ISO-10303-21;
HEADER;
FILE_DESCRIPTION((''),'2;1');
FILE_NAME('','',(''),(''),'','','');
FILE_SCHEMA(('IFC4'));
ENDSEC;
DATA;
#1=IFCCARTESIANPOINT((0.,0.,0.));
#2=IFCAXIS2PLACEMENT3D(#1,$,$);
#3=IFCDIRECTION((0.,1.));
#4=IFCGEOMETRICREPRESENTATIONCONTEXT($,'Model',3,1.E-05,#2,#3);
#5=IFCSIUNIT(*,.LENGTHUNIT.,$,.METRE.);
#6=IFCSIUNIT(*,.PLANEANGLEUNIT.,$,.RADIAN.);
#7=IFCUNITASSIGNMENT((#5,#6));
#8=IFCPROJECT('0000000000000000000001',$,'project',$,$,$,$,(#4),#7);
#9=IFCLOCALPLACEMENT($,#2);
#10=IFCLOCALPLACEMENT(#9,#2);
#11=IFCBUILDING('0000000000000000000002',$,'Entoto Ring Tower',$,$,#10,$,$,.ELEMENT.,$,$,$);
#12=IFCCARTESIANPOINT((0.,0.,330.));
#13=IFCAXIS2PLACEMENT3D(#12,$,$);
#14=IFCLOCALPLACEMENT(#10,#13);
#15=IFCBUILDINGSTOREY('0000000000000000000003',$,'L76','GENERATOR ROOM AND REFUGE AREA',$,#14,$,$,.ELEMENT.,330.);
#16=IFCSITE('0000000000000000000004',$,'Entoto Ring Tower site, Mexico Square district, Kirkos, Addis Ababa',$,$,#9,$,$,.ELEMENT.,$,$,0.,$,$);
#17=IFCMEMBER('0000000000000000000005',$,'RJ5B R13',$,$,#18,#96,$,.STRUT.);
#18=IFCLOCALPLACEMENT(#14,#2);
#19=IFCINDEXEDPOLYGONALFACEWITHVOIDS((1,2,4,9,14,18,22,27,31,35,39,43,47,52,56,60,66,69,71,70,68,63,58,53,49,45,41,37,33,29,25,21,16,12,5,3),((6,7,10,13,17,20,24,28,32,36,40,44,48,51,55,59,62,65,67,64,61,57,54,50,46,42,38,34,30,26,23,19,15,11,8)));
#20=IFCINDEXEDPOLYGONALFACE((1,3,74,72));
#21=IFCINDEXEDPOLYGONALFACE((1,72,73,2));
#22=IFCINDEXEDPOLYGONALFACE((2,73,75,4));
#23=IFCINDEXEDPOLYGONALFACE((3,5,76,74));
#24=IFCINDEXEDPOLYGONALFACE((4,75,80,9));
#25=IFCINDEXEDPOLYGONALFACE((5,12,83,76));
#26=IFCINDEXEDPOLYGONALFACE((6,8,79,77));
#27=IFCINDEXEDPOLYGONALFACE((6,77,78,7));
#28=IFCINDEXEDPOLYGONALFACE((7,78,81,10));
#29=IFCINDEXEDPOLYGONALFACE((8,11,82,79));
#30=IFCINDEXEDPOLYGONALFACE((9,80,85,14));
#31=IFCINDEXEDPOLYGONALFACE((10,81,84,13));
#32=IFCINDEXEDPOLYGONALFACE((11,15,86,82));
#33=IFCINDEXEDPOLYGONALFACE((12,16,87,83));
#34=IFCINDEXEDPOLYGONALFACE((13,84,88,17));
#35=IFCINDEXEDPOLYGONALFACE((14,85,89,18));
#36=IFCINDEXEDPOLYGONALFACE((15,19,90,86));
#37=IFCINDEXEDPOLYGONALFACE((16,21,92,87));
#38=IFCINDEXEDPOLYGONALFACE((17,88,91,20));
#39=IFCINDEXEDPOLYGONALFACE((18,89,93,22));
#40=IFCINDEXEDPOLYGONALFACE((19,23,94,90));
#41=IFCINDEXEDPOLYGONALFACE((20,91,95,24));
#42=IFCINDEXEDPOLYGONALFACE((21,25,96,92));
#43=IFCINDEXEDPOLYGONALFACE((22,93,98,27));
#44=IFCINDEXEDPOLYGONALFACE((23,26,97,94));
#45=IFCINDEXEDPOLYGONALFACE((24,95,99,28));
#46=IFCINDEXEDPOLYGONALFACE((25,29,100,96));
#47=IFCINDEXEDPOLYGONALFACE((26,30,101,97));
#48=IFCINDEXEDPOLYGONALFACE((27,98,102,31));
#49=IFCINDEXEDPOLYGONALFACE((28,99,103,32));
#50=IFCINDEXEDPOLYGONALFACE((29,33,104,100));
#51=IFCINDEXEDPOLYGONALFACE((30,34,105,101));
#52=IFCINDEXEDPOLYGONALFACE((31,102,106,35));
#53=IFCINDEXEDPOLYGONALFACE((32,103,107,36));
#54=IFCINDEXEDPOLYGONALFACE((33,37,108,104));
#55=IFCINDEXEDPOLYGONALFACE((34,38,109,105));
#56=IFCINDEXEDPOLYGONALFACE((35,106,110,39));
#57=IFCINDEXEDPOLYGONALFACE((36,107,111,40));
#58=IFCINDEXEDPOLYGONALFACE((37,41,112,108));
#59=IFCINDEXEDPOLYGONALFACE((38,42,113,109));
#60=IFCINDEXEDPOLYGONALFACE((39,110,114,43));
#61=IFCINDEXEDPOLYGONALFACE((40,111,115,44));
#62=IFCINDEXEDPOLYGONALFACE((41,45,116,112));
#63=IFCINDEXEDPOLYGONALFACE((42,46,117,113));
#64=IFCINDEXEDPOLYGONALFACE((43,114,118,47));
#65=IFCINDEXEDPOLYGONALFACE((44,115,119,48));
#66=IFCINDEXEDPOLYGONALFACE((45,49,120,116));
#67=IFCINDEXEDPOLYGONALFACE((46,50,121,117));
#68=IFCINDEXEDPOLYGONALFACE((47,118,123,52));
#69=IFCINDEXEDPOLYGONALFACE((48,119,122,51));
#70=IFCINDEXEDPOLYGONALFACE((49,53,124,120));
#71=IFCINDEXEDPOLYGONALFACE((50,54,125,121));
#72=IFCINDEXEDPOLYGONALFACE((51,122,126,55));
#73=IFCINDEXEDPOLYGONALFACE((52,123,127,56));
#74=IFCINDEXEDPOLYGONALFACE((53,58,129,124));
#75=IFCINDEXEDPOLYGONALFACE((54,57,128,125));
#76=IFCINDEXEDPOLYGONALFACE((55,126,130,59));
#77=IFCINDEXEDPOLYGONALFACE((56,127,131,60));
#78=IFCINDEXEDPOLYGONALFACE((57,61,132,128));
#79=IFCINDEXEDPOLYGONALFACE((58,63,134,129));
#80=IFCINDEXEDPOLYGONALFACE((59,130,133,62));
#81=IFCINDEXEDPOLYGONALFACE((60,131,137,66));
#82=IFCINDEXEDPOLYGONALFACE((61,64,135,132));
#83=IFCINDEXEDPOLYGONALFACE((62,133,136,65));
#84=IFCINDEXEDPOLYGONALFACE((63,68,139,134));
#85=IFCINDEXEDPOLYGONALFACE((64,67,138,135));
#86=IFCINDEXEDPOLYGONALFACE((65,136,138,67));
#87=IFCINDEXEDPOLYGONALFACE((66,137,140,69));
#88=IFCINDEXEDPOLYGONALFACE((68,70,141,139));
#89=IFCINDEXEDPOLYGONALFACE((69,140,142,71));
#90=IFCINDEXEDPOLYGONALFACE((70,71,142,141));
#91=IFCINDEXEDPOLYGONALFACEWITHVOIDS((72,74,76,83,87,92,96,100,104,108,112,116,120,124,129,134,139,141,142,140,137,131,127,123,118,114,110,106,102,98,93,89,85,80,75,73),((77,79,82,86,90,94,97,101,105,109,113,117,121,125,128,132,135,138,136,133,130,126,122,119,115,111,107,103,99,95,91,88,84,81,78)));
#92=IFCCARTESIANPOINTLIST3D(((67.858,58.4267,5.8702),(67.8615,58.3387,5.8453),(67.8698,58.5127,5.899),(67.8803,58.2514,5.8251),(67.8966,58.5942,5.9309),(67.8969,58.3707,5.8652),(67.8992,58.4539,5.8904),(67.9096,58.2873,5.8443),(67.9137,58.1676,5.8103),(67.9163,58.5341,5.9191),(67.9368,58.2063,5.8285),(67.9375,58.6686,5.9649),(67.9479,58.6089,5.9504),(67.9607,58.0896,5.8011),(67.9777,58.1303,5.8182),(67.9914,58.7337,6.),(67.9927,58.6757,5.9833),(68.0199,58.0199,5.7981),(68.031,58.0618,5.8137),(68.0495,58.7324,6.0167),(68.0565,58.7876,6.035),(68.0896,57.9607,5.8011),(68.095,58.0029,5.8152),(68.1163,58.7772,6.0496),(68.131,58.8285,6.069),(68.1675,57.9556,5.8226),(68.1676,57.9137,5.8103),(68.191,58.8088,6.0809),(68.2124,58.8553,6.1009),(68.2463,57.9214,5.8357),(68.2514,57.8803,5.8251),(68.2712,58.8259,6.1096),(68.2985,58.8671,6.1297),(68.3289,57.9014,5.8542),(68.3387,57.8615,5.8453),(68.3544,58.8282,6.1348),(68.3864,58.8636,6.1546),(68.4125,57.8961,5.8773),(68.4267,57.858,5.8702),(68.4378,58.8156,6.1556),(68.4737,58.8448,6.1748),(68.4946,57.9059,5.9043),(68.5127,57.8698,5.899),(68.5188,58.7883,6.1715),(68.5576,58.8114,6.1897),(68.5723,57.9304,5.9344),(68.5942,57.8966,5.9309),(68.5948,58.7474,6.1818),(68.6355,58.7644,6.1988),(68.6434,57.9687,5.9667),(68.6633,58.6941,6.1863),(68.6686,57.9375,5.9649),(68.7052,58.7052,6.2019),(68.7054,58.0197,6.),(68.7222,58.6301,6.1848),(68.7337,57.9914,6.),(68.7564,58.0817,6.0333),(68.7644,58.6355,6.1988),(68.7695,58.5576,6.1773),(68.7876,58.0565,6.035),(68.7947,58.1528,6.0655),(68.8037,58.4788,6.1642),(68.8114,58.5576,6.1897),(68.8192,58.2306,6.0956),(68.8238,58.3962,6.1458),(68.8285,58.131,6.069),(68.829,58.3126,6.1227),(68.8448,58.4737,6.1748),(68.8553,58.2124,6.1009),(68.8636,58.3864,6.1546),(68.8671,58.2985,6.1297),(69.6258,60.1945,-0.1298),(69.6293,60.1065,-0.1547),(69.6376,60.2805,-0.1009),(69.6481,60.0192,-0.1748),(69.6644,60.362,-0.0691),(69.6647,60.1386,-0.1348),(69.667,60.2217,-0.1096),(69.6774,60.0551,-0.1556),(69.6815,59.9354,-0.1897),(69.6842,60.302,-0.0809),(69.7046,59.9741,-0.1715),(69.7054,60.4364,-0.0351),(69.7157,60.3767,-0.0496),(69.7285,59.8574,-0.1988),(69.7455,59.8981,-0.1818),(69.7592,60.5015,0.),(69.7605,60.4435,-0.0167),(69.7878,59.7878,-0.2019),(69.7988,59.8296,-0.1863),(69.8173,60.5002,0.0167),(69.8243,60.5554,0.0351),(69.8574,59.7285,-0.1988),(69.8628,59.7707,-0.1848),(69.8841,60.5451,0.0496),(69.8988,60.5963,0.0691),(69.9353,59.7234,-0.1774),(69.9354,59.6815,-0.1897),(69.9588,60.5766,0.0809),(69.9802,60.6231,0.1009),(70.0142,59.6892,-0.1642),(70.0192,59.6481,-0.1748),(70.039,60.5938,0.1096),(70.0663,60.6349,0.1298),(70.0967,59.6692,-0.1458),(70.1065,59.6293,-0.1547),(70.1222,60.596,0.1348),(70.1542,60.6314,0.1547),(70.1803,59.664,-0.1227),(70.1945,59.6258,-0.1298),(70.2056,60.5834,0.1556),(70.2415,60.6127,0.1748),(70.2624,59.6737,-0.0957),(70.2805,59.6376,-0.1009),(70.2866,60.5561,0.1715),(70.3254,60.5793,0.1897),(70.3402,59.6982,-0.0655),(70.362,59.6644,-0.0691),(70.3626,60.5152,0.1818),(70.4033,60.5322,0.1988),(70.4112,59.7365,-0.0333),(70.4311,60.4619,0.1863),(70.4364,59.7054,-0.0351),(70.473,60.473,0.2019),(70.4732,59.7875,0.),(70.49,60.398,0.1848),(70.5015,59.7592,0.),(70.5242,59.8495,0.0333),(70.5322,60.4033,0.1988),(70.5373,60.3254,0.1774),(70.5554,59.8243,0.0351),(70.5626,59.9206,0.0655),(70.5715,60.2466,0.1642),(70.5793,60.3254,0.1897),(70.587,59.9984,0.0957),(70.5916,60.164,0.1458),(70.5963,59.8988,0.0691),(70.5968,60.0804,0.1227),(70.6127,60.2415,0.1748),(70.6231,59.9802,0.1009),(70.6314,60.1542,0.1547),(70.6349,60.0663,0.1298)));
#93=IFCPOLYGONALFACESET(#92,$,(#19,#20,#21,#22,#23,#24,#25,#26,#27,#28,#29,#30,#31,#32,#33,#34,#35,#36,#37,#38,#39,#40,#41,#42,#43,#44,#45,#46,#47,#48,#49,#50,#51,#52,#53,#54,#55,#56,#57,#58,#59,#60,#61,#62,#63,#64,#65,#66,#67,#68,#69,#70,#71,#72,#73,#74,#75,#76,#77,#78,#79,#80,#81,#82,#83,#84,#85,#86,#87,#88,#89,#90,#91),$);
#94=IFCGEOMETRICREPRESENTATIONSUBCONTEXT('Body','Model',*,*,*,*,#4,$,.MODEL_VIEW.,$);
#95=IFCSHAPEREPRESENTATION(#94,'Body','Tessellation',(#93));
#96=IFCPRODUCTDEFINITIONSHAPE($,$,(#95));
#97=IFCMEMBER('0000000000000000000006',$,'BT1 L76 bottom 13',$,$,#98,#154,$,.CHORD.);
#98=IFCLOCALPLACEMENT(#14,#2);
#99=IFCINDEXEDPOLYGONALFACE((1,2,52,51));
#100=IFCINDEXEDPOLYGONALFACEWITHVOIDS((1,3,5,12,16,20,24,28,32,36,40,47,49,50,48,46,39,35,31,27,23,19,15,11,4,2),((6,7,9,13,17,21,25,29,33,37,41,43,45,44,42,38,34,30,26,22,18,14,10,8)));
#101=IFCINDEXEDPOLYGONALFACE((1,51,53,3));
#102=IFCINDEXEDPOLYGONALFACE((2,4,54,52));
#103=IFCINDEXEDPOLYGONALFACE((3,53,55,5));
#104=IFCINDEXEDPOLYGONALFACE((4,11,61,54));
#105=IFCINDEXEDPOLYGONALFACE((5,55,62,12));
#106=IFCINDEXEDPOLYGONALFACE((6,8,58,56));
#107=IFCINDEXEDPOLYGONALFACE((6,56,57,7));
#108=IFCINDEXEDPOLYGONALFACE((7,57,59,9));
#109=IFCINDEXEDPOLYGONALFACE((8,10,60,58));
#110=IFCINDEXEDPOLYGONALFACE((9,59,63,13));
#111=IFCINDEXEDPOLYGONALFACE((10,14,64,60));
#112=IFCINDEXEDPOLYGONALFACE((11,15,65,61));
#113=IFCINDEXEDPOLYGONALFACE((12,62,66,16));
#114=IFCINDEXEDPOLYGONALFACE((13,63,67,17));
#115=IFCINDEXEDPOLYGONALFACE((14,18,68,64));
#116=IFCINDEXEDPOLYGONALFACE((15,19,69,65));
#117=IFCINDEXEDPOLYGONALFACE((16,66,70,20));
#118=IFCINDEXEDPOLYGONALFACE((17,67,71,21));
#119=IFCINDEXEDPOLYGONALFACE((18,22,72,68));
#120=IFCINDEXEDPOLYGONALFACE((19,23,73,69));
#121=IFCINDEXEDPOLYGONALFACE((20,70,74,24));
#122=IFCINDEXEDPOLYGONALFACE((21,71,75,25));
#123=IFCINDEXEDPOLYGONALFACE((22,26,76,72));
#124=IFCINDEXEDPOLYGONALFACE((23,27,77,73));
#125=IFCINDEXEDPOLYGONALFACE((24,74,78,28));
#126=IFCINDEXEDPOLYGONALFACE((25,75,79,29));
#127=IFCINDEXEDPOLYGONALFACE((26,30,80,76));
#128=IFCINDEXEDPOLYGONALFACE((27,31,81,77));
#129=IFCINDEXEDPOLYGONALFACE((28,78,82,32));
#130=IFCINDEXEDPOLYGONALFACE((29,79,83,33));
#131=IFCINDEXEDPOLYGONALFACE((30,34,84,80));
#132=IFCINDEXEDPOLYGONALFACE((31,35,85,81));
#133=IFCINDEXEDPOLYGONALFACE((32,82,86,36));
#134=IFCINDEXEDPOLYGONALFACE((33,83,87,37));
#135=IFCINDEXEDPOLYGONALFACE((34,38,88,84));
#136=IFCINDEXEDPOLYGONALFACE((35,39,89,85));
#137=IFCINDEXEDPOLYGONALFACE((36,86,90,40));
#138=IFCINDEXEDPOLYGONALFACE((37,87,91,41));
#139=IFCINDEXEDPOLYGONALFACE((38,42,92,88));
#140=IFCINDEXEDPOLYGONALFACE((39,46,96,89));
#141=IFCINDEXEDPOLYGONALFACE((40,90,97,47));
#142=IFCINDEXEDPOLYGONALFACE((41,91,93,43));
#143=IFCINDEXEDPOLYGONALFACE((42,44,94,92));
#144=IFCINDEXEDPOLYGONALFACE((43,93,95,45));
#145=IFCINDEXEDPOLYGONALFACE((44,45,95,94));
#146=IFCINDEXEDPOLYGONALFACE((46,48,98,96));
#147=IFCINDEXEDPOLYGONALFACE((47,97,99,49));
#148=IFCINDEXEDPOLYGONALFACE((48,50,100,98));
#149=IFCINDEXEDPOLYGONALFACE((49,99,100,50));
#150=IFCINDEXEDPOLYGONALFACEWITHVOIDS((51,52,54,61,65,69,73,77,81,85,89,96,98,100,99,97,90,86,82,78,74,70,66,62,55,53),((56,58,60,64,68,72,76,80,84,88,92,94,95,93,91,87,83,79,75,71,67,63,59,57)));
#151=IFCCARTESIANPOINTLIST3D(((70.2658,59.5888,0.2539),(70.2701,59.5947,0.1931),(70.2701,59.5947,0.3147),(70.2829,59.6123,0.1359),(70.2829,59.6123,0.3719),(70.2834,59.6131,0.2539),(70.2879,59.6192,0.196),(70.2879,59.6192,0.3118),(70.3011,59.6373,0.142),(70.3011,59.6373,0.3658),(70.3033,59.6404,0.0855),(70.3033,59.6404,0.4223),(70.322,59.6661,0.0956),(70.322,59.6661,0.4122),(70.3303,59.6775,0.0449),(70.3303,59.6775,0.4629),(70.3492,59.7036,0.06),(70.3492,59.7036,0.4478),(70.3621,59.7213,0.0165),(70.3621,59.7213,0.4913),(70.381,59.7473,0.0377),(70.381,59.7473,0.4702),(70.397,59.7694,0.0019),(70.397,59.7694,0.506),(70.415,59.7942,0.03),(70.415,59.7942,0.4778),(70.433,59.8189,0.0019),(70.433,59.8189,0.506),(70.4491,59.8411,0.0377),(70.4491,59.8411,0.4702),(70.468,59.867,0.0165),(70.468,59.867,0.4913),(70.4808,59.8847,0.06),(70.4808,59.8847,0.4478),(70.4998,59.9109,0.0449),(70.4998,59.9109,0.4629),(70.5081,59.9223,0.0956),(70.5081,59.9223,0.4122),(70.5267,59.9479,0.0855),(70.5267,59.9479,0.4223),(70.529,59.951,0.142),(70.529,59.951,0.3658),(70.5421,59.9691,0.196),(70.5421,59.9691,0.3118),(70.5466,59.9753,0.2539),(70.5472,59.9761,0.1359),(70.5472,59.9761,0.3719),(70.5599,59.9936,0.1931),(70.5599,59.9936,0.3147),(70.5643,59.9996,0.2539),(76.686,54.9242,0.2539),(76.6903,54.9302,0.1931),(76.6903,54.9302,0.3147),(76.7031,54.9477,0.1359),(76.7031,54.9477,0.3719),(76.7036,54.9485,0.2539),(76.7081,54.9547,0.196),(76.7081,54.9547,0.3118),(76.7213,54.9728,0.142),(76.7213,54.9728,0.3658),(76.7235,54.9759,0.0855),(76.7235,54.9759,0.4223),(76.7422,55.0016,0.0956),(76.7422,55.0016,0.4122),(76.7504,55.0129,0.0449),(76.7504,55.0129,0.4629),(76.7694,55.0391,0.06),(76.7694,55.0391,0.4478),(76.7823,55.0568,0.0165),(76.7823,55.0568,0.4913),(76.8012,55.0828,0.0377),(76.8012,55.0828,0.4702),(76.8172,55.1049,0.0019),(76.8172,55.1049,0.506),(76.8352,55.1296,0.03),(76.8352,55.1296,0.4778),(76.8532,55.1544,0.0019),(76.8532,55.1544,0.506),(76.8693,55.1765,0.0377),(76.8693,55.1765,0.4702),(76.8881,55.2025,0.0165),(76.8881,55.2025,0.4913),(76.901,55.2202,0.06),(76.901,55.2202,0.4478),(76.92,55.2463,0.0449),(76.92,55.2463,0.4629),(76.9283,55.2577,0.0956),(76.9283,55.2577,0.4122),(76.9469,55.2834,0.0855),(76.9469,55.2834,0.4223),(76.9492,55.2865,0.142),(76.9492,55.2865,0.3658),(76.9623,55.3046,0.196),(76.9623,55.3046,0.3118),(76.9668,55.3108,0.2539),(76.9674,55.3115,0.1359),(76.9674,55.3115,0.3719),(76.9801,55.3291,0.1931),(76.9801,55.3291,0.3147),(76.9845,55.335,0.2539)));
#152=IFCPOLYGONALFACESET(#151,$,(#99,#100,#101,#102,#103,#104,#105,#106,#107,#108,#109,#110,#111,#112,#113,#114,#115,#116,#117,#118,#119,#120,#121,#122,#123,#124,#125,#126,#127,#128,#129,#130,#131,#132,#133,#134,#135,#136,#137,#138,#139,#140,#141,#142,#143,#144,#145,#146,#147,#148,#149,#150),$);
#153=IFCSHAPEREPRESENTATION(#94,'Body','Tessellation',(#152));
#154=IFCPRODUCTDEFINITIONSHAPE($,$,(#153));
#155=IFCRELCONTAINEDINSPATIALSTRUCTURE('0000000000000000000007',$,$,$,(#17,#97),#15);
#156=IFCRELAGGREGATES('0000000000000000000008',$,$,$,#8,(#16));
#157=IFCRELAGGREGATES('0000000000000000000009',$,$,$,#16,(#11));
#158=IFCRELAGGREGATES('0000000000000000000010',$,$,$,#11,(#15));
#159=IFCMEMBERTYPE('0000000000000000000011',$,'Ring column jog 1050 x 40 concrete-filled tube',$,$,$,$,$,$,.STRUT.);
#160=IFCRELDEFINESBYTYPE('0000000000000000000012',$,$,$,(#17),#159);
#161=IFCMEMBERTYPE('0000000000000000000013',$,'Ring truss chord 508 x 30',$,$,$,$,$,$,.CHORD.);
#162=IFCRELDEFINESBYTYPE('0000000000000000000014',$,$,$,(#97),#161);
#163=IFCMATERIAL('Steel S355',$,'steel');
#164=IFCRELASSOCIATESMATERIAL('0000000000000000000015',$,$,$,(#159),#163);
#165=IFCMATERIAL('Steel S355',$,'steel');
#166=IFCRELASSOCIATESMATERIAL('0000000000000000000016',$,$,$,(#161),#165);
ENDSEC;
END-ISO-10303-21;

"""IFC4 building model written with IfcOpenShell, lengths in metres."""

from ifc_helpers import new_model, si_unit, direction, frame, origin, origin_2d, place, context, subcontext, project, spatial, circle, hollow_circle, extrude, material, material_profile, profile_set, type_object, element, save


model = new_model("IFC4")

# Units and contexts
model_context = context("Model", 3, precision=1e-05, world=origin(), true_north=direction((0.0, 1.0)))
body_context = subcontext(model_context, "Body", "Model", "MODEL_VIEW")
ifc_project = project(units=[si_unit("LENGTHUNIT", "METRE"), si_unit("PLANEANGLEUNIT", "RADIAN")], contexts=[model_context])

# Site, building, storey
site_placement = place(None, origin())
site = spatial("IfcSite", under=ifc_project, at=site_placement, Name="Entoto Ring Tower site, Mexico Square district, Kirkos, Addis Ababa", CompositionType="ELEMENT", RefElevation=0.0)
building_placement = place(site_placement, origin())
building = spatial("IfcBuilding", under=site, at=building_placement, Name="Entoto Ring Tower", CompositionType="ELEMENT")
storey_placement = place(building_placement, frame((0.0, 0.0, 330.0)))
storey = spatial("IfcBuildingStorey", under=building, at=storey_placement, Name="L76", Description="GENERATOR ROOM AND REFUGE AREA", CompositionType="ELEMENT", Elevation=330.0)

# Members
ifc_material_1 = material(Name="Steel S355", Category="steel")
ifc_material_profile_1 = material_profile(ifc_material_1, hollow_circle(Radius=0.5249, WallThickness=0.04, at=origin_2d()), Name="CHS 1050 x 40")
ifc_material_2 = material(Name="Concrete C60/75", Category="concrete")
ifc_material_profile_2 = material_profile(ifc_material_2, circle(Radius=0.4851, at=origin_2d()), Name="Concrete C60/75 infill")
ifc_profile_set_1 = profile_set([ifc_material_profile_1, ifc_material_profile_2], Name="Steel S355")
member_type_1 = type_object("IfcMemberType", Name="Ring column jog 1050 x 40 concrete-filled tube", PredefinedType="STRUT", material=ifc_profile_set_1)
member_1_placement = place(storey_placement, frame((70.1304, 60.1304, 0.0), z_axis=(-0.271971, -0.271971, 0.923073), x_axis=(0.707107, -0.707107, 0.0)))
element("IfcMember", 1, at=member_1_placement, inside=storey, type_object=member_type_1, Name="RJ5B R13", PredefinedType="STRUT", context=body_context, shape_type="SweptSolid", body=[
    extrude(hollow_circle(Radius=0.5249, WallThickness=0.04, at=origin_2d()), origin(), (0.0, 0.0, 1.0), 6.5),
])
ifc_material_3 = material(Name="Steel S355", Category="steel")
ifc_material_profile_3 = material_profile(ifc_material_3, hollow_circle(Radius=0.2539, WallThickness=0.03, at=origin_2d()), Name="CHS 508 x 30")
ifc_material_4 = material(Name="Concrete C60/75", Category="concrete")
ifc_material_profile_4 = material_profile(ifc_material_4, circle(Radius=0.2241, at=origin_2d()), Name="Concrete C60/75 infill")
ifc_profile_set_2 = profile_set([ifc_material_profile_3, ifc_material_profile_4], Name="Steel S355")
member_type_2 = type_object("IfcMemberType", Name="Ring truss chord 508 x 30", PredefinedType="CHORD", material=ifc_profile_set_2)
member_2_placement = place(storey_placement, frame((70.415, 59.7942, 0.2539), z_axis=(0.809015, -0.587787, 0.0), x_axis=(0.587787, 0.809015, 0.0)))
element("IfcMember", 2, at=member_2_placement, inside=storey, type_object=member_type_2, Name="BT1 L76 bottom 13", PredefinedType="CHORD", context=body_context, shape_type="SweptSolid", body=[
    extrude(hollow_circle(Radius=0.2539, WallThickness=0.03, at=origin_2d()), origin(), (0.0, 0.0, 1.0), 7.9358),
])

save(model, "model.ifc")
